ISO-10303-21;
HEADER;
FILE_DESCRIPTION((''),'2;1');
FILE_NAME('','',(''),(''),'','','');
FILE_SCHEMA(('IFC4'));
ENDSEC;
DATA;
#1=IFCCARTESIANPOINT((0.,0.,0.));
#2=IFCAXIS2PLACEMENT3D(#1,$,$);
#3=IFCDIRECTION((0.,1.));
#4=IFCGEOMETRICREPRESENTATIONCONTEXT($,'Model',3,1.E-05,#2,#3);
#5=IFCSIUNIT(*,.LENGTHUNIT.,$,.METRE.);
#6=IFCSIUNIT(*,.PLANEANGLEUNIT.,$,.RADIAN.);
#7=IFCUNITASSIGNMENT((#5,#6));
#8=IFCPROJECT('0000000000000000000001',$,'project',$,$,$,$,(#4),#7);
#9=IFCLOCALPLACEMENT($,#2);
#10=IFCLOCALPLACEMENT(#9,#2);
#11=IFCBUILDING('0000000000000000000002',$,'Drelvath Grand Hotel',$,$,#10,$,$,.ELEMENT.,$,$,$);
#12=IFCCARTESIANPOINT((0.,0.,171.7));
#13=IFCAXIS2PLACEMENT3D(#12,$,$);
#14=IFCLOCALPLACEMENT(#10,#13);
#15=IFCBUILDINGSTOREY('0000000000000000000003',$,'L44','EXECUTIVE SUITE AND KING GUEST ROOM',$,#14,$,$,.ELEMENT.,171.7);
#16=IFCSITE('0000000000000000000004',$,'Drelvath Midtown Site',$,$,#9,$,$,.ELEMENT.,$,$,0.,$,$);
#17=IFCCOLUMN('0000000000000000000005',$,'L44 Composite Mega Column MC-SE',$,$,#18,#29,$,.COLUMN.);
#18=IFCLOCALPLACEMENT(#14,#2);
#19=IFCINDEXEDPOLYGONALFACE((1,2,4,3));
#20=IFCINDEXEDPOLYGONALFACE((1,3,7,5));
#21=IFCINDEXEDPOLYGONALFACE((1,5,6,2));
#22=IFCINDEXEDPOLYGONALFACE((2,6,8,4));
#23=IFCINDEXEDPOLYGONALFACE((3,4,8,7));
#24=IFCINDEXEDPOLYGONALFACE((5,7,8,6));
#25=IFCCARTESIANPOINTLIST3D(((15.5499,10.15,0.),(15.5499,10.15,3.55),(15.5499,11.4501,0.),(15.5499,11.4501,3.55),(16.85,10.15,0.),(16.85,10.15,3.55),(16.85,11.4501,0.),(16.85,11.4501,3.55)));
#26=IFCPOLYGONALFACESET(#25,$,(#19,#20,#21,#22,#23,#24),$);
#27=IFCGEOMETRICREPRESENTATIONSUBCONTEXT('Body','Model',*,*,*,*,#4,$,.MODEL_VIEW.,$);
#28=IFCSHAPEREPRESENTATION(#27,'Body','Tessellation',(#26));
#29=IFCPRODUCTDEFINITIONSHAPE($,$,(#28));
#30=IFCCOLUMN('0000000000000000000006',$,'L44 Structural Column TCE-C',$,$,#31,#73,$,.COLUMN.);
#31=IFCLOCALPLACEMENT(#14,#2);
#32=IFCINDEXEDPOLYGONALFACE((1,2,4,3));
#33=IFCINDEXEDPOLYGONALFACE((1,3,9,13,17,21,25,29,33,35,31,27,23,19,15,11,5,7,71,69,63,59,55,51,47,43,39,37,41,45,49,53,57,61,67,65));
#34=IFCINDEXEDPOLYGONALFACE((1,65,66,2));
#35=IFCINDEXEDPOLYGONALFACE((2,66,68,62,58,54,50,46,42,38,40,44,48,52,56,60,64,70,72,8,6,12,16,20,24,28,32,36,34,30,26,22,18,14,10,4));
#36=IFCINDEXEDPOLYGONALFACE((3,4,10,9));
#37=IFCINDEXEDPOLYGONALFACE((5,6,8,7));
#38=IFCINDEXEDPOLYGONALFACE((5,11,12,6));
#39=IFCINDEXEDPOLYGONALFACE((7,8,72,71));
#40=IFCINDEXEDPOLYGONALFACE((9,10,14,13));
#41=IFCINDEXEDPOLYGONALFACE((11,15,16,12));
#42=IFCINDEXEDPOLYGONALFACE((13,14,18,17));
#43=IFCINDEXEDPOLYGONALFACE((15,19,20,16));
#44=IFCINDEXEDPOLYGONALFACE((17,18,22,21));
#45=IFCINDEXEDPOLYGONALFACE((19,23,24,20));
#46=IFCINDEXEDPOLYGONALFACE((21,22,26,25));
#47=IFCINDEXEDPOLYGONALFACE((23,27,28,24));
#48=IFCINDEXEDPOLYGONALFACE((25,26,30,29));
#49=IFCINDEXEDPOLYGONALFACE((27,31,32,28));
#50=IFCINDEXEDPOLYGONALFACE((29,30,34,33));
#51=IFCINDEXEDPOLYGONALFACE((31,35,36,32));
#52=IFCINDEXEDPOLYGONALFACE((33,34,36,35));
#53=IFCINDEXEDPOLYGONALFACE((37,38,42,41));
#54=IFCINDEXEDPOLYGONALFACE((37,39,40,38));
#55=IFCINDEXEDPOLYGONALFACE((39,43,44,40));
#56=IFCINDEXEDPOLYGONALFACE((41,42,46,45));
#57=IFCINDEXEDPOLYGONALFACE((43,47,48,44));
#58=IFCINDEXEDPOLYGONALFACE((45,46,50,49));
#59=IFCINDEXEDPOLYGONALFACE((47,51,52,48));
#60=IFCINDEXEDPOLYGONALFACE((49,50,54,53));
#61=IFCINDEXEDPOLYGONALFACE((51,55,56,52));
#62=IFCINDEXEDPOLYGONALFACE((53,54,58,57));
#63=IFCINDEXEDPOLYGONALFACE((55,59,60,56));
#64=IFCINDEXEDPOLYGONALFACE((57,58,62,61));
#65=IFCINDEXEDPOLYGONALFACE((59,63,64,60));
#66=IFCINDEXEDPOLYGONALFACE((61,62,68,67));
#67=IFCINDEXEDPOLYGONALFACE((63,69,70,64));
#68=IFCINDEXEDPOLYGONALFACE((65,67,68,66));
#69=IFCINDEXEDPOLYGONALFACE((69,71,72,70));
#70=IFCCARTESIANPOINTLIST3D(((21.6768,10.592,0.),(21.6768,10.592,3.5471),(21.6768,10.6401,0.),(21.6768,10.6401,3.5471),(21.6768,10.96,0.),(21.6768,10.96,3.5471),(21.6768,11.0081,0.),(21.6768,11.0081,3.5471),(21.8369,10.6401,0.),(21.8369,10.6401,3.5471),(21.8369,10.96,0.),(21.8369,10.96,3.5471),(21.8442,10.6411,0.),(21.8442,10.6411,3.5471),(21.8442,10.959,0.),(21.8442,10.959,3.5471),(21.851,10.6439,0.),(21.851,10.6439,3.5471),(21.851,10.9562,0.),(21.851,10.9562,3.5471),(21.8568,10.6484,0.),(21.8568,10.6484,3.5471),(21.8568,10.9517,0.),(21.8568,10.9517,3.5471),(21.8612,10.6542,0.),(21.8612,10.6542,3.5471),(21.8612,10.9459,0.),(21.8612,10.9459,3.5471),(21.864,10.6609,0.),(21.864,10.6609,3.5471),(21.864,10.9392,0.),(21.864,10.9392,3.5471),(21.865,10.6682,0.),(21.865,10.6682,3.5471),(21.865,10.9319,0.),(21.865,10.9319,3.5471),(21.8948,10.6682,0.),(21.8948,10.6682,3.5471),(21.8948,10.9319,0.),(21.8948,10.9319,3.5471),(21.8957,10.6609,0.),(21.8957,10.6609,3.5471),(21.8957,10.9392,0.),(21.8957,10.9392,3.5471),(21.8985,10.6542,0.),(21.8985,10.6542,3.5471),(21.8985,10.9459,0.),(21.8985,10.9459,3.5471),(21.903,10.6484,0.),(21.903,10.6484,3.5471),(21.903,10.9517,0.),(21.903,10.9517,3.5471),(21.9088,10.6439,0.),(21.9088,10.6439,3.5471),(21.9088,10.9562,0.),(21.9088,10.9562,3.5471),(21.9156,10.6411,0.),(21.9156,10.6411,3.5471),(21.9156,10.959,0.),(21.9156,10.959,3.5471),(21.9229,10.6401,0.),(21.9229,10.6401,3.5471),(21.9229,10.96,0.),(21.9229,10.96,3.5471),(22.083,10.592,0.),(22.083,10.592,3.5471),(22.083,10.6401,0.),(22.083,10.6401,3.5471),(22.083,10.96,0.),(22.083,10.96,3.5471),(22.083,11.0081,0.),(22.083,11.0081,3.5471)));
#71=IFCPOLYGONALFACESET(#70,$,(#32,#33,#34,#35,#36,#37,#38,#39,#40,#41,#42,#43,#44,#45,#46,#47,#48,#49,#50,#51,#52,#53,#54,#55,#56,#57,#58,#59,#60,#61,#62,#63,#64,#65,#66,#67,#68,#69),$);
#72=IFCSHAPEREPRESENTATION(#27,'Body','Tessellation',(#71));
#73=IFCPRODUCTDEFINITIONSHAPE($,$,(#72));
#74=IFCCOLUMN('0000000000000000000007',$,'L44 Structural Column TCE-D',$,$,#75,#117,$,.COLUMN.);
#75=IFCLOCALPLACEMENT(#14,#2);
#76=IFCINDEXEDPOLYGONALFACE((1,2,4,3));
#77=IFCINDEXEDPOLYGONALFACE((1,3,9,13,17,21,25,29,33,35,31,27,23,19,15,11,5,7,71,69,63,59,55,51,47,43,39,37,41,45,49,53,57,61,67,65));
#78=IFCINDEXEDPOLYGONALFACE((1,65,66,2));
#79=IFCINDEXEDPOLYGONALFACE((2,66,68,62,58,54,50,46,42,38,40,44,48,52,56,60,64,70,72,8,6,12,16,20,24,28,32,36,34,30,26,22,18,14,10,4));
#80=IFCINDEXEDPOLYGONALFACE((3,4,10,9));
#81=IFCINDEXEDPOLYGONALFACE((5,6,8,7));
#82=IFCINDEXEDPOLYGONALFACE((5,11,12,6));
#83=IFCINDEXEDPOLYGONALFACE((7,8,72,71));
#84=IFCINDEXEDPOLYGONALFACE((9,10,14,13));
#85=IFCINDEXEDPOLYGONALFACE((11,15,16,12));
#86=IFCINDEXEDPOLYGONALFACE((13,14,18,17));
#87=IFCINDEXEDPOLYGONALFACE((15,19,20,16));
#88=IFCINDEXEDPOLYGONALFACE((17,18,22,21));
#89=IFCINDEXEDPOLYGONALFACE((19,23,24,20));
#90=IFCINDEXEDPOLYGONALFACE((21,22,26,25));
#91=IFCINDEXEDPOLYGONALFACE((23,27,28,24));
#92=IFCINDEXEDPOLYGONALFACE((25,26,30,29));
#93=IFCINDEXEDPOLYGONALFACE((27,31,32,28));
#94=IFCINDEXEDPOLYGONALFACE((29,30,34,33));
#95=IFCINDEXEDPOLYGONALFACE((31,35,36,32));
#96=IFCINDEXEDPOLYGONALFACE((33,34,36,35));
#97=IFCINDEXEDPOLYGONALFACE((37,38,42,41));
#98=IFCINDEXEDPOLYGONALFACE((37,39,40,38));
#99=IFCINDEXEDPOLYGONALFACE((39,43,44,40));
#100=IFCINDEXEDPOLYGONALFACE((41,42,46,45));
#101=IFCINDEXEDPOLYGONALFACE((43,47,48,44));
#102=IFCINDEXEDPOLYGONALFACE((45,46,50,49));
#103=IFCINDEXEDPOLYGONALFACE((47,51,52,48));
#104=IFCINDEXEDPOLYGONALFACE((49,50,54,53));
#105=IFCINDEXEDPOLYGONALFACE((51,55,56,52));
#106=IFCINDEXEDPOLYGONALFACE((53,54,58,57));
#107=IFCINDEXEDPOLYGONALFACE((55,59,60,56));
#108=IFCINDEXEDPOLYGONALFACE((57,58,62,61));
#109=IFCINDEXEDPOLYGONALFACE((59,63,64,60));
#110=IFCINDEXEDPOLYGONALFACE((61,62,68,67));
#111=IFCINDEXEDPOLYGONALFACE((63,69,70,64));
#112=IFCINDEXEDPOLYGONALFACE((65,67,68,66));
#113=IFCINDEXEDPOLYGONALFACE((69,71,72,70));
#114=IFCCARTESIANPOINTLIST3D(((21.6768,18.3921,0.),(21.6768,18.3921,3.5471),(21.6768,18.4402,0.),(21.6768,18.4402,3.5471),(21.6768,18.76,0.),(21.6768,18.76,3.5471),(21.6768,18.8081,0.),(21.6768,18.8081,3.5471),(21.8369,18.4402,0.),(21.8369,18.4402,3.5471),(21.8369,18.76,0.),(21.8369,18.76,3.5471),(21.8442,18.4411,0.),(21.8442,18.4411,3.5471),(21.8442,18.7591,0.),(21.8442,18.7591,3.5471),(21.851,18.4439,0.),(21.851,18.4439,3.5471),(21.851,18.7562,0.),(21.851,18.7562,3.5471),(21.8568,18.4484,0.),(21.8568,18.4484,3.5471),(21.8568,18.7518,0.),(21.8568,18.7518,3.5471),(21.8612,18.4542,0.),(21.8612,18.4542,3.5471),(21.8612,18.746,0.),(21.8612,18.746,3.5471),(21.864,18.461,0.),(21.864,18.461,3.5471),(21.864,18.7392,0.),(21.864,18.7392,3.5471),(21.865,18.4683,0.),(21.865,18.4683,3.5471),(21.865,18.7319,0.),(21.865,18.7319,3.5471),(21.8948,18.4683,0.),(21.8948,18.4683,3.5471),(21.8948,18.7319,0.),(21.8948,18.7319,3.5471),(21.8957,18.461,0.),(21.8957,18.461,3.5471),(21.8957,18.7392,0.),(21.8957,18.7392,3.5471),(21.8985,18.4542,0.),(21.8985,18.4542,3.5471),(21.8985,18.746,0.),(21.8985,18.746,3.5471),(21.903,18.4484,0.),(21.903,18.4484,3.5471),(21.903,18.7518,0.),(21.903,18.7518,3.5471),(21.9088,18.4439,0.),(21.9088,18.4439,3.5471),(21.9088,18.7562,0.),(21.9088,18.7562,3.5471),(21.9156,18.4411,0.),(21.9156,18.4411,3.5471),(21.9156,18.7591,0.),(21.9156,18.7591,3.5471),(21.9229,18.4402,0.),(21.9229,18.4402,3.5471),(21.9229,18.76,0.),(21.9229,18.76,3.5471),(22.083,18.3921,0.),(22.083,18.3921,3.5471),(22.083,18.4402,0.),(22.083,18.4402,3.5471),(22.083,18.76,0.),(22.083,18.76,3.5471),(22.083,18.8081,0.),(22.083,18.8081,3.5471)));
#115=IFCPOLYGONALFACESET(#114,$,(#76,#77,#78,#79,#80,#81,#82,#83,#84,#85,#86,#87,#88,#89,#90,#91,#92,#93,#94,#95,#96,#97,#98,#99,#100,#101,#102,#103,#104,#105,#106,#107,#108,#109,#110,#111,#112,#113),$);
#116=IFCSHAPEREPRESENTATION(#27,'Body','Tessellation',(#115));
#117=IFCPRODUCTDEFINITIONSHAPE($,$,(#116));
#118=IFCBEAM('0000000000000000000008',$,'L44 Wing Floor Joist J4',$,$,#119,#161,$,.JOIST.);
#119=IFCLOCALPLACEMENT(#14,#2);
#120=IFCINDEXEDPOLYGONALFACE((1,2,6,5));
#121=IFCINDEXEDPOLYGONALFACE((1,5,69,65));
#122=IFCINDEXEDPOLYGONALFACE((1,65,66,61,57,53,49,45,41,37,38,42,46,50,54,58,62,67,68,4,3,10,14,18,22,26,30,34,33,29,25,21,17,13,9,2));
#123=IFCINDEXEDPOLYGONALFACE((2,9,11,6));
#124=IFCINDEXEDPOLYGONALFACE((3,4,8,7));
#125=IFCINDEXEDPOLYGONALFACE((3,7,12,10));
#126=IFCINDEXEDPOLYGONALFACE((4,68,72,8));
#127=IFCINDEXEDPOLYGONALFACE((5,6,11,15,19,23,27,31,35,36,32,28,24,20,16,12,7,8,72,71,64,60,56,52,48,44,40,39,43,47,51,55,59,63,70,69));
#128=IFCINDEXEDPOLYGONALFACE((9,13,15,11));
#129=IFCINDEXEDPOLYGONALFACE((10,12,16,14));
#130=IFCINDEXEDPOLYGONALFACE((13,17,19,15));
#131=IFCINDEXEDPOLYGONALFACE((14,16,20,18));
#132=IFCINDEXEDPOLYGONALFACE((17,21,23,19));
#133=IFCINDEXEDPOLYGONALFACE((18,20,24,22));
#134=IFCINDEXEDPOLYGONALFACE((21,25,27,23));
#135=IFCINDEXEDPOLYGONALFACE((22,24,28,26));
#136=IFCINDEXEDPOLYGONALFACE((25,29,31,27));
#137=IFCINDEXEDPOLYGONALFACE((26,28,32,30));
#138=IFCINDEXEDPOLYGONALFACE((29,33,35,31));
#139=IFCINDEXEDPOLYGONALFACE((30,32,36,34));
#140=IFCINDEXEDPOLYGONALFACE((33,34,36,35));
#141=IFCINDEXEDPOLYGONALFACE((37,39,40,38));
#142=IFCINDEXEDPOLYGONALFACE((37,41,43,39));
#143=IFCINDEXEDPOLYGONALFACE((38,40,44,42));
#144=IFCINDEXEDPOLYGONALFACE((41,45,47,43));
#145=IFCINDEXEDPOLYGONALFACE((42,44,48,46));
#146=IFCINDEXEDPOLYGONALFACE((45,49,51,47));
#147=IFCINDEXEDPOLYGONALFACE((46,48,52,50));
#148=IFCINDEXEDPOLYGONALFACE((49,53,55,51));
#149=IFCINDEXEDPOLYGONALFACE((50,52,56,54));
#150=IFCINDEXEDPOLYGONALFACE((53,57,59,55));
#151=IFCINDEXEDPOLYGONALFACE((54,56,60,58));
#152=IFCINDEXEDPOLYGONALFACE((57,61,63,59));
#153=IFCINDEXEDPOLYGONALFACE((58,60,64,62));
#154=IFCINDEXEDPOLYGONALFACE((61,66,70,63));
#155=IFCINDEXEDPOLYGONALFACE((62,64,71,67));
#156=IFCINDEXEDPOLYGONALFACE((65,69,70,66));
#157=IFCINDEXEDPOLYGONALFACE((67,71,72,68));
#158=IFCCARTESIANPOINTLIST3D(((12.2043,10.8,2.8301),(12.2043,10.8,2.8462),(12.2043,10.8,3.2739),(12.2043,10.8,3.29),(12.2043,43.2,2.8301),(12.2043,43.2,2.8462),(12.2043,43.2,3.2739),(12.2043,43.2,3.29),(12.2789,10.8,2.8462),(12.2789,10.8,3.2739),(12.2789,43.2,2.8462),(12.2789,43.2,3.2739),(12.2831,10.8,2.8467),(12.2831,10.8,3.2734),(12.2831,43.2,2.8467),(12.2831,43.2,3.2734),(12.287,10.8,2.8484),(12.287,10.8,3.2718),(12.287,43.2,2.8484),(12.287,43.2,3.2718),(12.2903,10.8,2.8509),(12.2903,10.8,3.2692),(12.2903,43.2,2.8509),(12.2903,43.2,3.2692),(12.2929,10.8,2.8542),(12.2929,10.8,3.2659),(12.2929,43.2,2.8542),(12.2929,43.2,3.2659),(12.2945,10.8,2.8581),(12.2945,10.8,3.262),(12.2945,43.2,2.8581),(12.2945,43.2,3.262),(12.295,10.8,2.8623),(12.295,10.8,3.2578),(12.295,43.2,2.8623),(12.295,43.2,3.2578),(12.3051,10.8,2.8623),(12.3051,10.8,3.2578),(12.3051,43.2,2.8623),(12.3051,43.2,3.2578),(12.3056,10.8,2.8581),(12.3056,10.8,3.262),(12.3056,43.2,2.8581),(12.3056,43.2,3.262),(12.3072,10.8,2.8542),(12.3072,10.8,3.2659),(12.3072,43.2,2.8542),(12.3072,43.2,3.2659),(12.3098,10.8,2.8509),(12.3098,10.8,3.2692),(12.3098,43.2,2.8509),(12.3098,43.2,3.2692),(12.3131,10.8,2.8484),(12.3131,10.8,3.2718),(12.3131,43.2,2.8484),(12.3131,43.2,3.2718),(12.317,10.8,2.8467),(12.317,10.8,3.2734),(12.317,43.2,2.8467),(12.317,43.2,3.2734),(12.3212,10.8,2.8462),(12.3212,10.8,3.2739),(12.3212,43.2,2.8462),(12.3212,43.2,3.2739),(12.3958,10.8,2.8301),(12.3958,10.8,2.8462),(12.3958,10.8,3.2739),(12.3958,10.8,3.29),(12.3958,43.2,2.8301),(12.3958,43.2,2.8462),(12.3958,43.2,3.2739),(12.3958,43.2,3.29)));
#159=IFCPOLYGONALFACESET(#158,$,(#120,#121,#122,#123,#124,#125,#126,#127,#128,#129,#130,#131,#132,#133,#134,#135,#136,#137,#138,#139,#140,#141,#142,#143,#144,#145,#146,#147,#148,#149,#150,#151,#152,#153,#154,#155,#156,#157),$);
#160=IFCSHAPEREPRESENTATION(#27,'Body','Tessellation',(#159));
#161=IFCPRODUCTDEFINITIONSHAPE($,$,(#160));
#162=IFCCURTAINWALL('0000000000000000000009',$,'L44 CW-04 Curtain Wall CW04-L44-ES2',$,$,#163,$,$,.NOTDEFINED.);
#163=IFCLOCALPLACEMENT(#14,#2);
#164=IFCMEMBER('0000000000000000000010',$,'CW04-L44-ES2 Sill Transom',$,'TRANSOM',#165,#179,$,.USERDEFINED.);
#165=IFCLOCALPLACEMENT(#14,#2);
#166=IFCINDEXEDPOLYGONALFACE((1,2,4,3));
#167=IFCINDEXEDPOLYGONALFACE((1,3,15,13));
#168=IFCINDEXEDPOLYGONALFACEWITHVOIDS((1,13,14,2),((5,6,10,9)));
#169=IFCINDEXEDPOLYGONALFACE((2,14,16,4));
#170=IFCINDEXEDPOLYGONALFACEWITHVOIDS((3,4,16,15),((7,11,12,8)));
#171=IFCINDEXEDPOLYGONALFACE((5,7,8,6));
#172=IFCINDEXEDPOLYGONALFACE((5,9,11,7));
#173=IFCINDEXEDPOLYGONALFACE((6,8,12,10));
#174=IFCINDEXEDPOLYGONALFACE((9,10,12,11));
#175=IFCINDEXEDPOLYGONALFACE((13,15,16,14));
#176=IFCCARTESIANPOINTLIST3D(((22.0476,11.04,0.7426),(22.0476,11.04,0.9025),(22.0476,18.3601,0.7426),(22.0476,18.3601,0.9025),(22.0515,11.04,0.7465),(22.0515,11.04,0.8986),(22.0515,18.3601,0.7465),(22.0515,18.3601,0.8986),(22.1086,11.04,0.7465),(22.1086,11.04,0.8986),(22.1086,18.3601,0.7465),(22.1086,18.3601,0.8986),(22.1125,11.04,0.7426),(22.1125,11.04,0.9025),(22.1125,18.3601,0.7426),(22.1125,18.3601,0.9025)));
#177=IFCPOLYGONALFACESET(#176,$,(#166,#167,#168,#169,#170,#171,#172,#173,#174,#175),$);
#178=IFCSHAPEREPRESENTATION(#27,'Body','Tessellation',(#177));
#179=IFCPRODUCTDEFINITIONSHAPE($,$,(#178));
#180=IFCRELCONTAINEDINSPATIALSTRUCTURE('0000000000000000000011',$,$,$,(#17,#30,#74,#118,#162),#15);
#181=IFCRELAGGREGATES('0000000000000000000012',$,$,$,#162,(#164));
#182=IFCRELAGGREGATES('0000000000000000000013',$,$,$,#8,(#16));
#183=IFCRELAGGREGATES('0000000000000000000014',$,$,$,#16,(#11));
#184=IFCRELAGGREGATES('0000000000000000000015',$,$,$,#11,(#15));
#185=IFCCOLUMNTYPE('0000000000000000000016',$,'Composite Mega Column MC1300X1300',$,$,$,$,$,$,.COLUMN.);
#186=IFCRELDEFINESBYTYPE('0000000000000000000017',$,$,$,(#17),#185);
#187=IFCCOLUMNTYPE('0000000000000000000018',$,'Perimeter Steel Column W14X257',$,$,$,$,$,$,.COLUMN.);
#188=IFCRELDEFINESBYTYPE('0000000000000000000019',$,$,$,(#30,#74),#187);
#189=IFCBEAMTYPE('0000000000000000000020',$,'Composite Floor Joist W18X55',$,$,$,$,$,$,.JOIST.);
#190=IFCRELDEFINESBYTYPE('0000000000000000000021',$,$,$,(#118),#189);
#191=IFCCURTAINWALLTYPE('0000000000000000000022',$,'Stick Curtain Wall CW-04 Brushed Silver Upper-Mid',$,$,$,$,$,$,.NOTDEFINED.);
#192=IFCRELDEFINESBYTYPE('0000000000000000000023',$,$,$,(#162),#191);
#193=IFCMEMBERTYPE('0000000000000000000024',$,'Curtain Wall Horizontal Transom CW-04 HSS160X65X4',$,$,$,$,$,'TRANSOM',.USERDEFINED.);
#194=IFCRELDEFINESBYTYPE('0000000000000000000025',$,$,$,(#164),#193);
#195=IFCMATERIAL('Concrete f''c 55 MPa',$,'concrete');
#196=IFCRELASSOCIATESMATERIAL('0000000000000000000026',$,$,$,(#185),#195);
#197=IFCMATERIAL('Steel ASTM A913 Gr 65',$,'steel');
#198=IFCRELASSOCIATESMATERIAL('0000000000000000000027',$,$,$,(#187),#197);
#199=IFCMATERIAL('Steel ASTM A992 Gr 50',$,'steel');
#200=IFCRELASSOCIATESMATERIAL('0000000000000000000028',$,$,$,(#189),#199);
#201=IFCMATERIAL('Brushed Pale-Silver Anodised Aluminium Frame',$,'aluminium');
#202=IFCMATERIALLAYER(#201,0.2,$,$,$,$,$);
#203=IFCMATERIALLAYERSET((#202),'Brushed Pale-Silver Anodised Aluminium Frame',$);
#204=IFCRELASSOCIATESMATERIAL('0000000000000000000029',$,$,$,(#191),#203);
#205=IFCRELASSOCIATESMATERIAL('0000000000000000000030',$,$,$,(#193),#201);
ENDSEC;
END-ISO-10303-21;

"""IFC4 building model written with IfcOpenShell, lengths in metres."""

from ifc_helpers import new_model, si_unit, direction, frame, origin, origin_2d, place, context, subcontext, project, spatial, rectangle, hollow_rectangle, i_section, extrude, material, layer, layer_set, material_profile, profile_set, type_object, element, aggregate, save


model = new_model("IFC4")

# Units and contexts
model_context = context("Model", 3, precision=1e-05, world=origin(), true_north=direction((0.0, 1.0)))
body_context = subcontext(model_context, "Body", "Model", "MODEL_VIEW")
ifc_project = project(units=[si_unit("LENGTHUNIT", "METRE"), si_unit("PLANEANGLEUNIT", "RADIAN")], contexts=[model_context])

# Site, building, storey
site_placement = place(None, origin())
site = spatial("IfcSite", under=ifc_project, at=site_placement, Name="Drelvath Midtown Site", CompositionType="ELEMENT", RefElevation=0.0)
building_placement = place(site_placement, origin())
building = spatial("IfcBuilding", under=site, at=building_placement, Name="Drelvath Grand Hotel", CompositionType="ELEMENT")
storey_placement = place(building_placement, frame((0.0, 0.0, 171.7)))
storey = spatial("IfcBuildingStorey", under=building, at=storey_placement, Name="L44", Description="EXECUTIVE SUITE AND KING GUEST ROOM", CompositionType="ELEMENT", Elevation=171.7)

# Columns
ifc_material_1 = material(Name="Concrete f'c 55 MPa", Category="concrete")
ifc_material_profile_1 = material_profile(ifc_material_1, rectangle(XDim=1.3, YDim=1.3, at=origin_2d()), Name="MC1300X1300")
ifc_profile_set_1 = profile_set([ifc_material_profile_1], Name="Concrete f'c 55 MPa")
column_type_1 = type_object("IfcColumnType", Name="Composite Mega Column MC1300X1300", PredefinedType="COLUMN", material=ifc_profile_set_1)
column_placement = place(storey_placement, frame((16.2, 10.8, 0.0), z_axis=(0.0, 0.0, 1.0), x_axis=(1.0, 0.0, 0.0)))
element("IfcColumn", 1, at=column_placement, inside=storey, type_object=column_type_1, Name="L44 Composite Mega Column MC-SE", PredefinedType="COLUMN", context=body_context, shape_type="SweptSolid", body=[
    extrude(rectangle(XDim=1.3, YDim=1.3, at=origin_2d()), origin(), (0.0, 0.0, 1.0), 3.55),
])
ifc_material_2 = material(Name="Steel ASTM A913 Gr 65", Category="steel")
ifc_material_profile_2 = material_profile(ifc_material_2, i_section(OverallWidth=0.4062, OverallDepth=0.416, WebThickness=0.0298, FlangeThickness=0.0481, FilletRadius=0.0281, at=origin_2d()), Name="W14X257")
ifc_profile_set_2 = profile_set([ifc_material_profile_2], Name="Steel ASTM A913 Gr 65")
column_type_2 = type_object("IfcColumnType", Name="Perimeter Steel Column W14X257", PredefinedType="COLUMN", material=ifc_profile_set_2)
for number, where, z_axis, x_axis, name in (
    (2, (21.8799, 10.8, 0.0), (0.0, 0.0, 1.0), (1.0, 0.0, 0.0), "L44 Structural Column TCE-C"),
    (3, (21.8799, 18.6001, 0.0), (0.0, 0.0, 1.0), (1.0, 0.0, 0.0), "L44 Structural Column TCE-D"),
):
    element("IfcColumn", number, at=place(storey_placement, frame(where, z_axis=z_axis, x_axis=x_axis)), inside=storey, type_object=column_type_2, Name=name, PredefinedType="COLUMN", context=body_context, shape_type="SweptSolid", body=[
        extrude(i_section(OverallWidth=0.4062, OverallDepth=0.416, WebThickness=0.0298, FlangeThickness=0.0481, FilletRadius=0.0281, at=origin_2d()), origin(), (0.0, 0.0, 1.0), 3.5471),
    ])

# Beam
ifc_material_3 = material(Name="Steel ASTM A992 Gr 50", Category="steel")
ifc_material_profile_3 = material_profile(ifc_material_3, i_section(OverallWidth=0.1914, OverallDepth=0.46, WebThickness=0.01, FlangeThickness=0.0161, FilletRadius=0.0161, at=origin_2d()), Name="W18X55")
ifc_profile_set_3 = profile_set([ifc_material_profile_3], Name="Steel ASTM A992 Gr 50")
beam_type_1 = type_object("IfcBeamType", Name="Composite Floor Joist W18X55", PredefinedType="JOIST", material=ifc_profile_set_3)
beam_1_placement = place(storey_placement, frame((12.3, 10.8, 3.0601), z_axis=(0.0, 1.0, 0.0), x_axis=(-1.0, 0.0, 0.0)))
element("IfcBeam", 4, at=beam_1_placement, inside=storey, type_object=beam_type_1, Name="L44 Wing Floor Joist J4", PredefinedType="JOIST", context=body_context, shape_type="SweptSolid", body=[
    extrude(i_section(OverallWidth=0.1914, OverallDepth=0.46, WebThickness=0.01, FlangeThickness=0.0161, FilletRadius=0.0161, at=origin_2d()), origin(), (0.0, 0.0, 1.0), 32.3999),
])

# Curtain wall, member
ifc_material_4 = material(Name="Brushed Pale-Silver Anodised Aluminium Frame", Category="aluminium")
ifc_layer_1 = layer(ifc_material_4, 0.2)
ifc_layer_set_1 = layer_set([ifc_layer_1], Name="Brushed Pale-Silver Anodised Aluminium Frame")
curtain_wall_type = type_object("IfcCurtainWallType", Name="Stick Curtain Wall CW-04 Brushed Silver Upper-Mid", PredefinedType="NOTDEFINED", material=ifc_layer_set_1)
curtain_wall_1_placement = place(storey_placement, origin())
curtain_wall_1 = element("IfcCurtainWall", 5, at=curtain_wall_1_placement, inside=storey, type_object=curtain_wall_type, Name="L44 CW-04 Curtain Wall CW04-L44-ES2", PredefinedType="NOTDEFINED")
ifc_material_profile_4 = material_profile(ifc_material_4, hollow_rectangle(XDim=0.0649, YDim=0.1599, WallThickness=0.0039, at=origin_2d()), Name="HSS160X65X4")
ifc_profile_set_4 = profile_set([ifc_material_profile_4], Name="Brushed Pale-Silver Anodised Aluminium Frame")
member_type_1 = type_object("IfcMemberType", Name="Curtain Wall Horizontal Transom CW-04 HSS160X65X4", ElementType="TRANSOM", PredefinedType="USERDEFINED", material=ifc_profile_set_4)
member_1_placement = place(storey_placement, frame((22.0801, 18.3601, 0.8225), z_axis=(0.0, -1.0, 0.0), x_axis=(1.0, 0.0, 0.0)))
member_1 = element("IfcMember", 6, at=member_1_placement, type_object=member_type_1, Name="CW04-L44-ES2 Sill Transom", ObjectType="TRANSOM", PredefinedType="USERDEFINED", context=body_context, shape_type="SweptSolid", body=[
    extrude(hollow_rectangle(XDim=0.0649, YDim=0.1599, WallThickness=0.0039, at=origin_2d()), origin(), (0.0, 0.0, 1.0), 7.3201),
])

aggregate(curtain_wall_1, [member_1])

save(model, "model.ifc")
